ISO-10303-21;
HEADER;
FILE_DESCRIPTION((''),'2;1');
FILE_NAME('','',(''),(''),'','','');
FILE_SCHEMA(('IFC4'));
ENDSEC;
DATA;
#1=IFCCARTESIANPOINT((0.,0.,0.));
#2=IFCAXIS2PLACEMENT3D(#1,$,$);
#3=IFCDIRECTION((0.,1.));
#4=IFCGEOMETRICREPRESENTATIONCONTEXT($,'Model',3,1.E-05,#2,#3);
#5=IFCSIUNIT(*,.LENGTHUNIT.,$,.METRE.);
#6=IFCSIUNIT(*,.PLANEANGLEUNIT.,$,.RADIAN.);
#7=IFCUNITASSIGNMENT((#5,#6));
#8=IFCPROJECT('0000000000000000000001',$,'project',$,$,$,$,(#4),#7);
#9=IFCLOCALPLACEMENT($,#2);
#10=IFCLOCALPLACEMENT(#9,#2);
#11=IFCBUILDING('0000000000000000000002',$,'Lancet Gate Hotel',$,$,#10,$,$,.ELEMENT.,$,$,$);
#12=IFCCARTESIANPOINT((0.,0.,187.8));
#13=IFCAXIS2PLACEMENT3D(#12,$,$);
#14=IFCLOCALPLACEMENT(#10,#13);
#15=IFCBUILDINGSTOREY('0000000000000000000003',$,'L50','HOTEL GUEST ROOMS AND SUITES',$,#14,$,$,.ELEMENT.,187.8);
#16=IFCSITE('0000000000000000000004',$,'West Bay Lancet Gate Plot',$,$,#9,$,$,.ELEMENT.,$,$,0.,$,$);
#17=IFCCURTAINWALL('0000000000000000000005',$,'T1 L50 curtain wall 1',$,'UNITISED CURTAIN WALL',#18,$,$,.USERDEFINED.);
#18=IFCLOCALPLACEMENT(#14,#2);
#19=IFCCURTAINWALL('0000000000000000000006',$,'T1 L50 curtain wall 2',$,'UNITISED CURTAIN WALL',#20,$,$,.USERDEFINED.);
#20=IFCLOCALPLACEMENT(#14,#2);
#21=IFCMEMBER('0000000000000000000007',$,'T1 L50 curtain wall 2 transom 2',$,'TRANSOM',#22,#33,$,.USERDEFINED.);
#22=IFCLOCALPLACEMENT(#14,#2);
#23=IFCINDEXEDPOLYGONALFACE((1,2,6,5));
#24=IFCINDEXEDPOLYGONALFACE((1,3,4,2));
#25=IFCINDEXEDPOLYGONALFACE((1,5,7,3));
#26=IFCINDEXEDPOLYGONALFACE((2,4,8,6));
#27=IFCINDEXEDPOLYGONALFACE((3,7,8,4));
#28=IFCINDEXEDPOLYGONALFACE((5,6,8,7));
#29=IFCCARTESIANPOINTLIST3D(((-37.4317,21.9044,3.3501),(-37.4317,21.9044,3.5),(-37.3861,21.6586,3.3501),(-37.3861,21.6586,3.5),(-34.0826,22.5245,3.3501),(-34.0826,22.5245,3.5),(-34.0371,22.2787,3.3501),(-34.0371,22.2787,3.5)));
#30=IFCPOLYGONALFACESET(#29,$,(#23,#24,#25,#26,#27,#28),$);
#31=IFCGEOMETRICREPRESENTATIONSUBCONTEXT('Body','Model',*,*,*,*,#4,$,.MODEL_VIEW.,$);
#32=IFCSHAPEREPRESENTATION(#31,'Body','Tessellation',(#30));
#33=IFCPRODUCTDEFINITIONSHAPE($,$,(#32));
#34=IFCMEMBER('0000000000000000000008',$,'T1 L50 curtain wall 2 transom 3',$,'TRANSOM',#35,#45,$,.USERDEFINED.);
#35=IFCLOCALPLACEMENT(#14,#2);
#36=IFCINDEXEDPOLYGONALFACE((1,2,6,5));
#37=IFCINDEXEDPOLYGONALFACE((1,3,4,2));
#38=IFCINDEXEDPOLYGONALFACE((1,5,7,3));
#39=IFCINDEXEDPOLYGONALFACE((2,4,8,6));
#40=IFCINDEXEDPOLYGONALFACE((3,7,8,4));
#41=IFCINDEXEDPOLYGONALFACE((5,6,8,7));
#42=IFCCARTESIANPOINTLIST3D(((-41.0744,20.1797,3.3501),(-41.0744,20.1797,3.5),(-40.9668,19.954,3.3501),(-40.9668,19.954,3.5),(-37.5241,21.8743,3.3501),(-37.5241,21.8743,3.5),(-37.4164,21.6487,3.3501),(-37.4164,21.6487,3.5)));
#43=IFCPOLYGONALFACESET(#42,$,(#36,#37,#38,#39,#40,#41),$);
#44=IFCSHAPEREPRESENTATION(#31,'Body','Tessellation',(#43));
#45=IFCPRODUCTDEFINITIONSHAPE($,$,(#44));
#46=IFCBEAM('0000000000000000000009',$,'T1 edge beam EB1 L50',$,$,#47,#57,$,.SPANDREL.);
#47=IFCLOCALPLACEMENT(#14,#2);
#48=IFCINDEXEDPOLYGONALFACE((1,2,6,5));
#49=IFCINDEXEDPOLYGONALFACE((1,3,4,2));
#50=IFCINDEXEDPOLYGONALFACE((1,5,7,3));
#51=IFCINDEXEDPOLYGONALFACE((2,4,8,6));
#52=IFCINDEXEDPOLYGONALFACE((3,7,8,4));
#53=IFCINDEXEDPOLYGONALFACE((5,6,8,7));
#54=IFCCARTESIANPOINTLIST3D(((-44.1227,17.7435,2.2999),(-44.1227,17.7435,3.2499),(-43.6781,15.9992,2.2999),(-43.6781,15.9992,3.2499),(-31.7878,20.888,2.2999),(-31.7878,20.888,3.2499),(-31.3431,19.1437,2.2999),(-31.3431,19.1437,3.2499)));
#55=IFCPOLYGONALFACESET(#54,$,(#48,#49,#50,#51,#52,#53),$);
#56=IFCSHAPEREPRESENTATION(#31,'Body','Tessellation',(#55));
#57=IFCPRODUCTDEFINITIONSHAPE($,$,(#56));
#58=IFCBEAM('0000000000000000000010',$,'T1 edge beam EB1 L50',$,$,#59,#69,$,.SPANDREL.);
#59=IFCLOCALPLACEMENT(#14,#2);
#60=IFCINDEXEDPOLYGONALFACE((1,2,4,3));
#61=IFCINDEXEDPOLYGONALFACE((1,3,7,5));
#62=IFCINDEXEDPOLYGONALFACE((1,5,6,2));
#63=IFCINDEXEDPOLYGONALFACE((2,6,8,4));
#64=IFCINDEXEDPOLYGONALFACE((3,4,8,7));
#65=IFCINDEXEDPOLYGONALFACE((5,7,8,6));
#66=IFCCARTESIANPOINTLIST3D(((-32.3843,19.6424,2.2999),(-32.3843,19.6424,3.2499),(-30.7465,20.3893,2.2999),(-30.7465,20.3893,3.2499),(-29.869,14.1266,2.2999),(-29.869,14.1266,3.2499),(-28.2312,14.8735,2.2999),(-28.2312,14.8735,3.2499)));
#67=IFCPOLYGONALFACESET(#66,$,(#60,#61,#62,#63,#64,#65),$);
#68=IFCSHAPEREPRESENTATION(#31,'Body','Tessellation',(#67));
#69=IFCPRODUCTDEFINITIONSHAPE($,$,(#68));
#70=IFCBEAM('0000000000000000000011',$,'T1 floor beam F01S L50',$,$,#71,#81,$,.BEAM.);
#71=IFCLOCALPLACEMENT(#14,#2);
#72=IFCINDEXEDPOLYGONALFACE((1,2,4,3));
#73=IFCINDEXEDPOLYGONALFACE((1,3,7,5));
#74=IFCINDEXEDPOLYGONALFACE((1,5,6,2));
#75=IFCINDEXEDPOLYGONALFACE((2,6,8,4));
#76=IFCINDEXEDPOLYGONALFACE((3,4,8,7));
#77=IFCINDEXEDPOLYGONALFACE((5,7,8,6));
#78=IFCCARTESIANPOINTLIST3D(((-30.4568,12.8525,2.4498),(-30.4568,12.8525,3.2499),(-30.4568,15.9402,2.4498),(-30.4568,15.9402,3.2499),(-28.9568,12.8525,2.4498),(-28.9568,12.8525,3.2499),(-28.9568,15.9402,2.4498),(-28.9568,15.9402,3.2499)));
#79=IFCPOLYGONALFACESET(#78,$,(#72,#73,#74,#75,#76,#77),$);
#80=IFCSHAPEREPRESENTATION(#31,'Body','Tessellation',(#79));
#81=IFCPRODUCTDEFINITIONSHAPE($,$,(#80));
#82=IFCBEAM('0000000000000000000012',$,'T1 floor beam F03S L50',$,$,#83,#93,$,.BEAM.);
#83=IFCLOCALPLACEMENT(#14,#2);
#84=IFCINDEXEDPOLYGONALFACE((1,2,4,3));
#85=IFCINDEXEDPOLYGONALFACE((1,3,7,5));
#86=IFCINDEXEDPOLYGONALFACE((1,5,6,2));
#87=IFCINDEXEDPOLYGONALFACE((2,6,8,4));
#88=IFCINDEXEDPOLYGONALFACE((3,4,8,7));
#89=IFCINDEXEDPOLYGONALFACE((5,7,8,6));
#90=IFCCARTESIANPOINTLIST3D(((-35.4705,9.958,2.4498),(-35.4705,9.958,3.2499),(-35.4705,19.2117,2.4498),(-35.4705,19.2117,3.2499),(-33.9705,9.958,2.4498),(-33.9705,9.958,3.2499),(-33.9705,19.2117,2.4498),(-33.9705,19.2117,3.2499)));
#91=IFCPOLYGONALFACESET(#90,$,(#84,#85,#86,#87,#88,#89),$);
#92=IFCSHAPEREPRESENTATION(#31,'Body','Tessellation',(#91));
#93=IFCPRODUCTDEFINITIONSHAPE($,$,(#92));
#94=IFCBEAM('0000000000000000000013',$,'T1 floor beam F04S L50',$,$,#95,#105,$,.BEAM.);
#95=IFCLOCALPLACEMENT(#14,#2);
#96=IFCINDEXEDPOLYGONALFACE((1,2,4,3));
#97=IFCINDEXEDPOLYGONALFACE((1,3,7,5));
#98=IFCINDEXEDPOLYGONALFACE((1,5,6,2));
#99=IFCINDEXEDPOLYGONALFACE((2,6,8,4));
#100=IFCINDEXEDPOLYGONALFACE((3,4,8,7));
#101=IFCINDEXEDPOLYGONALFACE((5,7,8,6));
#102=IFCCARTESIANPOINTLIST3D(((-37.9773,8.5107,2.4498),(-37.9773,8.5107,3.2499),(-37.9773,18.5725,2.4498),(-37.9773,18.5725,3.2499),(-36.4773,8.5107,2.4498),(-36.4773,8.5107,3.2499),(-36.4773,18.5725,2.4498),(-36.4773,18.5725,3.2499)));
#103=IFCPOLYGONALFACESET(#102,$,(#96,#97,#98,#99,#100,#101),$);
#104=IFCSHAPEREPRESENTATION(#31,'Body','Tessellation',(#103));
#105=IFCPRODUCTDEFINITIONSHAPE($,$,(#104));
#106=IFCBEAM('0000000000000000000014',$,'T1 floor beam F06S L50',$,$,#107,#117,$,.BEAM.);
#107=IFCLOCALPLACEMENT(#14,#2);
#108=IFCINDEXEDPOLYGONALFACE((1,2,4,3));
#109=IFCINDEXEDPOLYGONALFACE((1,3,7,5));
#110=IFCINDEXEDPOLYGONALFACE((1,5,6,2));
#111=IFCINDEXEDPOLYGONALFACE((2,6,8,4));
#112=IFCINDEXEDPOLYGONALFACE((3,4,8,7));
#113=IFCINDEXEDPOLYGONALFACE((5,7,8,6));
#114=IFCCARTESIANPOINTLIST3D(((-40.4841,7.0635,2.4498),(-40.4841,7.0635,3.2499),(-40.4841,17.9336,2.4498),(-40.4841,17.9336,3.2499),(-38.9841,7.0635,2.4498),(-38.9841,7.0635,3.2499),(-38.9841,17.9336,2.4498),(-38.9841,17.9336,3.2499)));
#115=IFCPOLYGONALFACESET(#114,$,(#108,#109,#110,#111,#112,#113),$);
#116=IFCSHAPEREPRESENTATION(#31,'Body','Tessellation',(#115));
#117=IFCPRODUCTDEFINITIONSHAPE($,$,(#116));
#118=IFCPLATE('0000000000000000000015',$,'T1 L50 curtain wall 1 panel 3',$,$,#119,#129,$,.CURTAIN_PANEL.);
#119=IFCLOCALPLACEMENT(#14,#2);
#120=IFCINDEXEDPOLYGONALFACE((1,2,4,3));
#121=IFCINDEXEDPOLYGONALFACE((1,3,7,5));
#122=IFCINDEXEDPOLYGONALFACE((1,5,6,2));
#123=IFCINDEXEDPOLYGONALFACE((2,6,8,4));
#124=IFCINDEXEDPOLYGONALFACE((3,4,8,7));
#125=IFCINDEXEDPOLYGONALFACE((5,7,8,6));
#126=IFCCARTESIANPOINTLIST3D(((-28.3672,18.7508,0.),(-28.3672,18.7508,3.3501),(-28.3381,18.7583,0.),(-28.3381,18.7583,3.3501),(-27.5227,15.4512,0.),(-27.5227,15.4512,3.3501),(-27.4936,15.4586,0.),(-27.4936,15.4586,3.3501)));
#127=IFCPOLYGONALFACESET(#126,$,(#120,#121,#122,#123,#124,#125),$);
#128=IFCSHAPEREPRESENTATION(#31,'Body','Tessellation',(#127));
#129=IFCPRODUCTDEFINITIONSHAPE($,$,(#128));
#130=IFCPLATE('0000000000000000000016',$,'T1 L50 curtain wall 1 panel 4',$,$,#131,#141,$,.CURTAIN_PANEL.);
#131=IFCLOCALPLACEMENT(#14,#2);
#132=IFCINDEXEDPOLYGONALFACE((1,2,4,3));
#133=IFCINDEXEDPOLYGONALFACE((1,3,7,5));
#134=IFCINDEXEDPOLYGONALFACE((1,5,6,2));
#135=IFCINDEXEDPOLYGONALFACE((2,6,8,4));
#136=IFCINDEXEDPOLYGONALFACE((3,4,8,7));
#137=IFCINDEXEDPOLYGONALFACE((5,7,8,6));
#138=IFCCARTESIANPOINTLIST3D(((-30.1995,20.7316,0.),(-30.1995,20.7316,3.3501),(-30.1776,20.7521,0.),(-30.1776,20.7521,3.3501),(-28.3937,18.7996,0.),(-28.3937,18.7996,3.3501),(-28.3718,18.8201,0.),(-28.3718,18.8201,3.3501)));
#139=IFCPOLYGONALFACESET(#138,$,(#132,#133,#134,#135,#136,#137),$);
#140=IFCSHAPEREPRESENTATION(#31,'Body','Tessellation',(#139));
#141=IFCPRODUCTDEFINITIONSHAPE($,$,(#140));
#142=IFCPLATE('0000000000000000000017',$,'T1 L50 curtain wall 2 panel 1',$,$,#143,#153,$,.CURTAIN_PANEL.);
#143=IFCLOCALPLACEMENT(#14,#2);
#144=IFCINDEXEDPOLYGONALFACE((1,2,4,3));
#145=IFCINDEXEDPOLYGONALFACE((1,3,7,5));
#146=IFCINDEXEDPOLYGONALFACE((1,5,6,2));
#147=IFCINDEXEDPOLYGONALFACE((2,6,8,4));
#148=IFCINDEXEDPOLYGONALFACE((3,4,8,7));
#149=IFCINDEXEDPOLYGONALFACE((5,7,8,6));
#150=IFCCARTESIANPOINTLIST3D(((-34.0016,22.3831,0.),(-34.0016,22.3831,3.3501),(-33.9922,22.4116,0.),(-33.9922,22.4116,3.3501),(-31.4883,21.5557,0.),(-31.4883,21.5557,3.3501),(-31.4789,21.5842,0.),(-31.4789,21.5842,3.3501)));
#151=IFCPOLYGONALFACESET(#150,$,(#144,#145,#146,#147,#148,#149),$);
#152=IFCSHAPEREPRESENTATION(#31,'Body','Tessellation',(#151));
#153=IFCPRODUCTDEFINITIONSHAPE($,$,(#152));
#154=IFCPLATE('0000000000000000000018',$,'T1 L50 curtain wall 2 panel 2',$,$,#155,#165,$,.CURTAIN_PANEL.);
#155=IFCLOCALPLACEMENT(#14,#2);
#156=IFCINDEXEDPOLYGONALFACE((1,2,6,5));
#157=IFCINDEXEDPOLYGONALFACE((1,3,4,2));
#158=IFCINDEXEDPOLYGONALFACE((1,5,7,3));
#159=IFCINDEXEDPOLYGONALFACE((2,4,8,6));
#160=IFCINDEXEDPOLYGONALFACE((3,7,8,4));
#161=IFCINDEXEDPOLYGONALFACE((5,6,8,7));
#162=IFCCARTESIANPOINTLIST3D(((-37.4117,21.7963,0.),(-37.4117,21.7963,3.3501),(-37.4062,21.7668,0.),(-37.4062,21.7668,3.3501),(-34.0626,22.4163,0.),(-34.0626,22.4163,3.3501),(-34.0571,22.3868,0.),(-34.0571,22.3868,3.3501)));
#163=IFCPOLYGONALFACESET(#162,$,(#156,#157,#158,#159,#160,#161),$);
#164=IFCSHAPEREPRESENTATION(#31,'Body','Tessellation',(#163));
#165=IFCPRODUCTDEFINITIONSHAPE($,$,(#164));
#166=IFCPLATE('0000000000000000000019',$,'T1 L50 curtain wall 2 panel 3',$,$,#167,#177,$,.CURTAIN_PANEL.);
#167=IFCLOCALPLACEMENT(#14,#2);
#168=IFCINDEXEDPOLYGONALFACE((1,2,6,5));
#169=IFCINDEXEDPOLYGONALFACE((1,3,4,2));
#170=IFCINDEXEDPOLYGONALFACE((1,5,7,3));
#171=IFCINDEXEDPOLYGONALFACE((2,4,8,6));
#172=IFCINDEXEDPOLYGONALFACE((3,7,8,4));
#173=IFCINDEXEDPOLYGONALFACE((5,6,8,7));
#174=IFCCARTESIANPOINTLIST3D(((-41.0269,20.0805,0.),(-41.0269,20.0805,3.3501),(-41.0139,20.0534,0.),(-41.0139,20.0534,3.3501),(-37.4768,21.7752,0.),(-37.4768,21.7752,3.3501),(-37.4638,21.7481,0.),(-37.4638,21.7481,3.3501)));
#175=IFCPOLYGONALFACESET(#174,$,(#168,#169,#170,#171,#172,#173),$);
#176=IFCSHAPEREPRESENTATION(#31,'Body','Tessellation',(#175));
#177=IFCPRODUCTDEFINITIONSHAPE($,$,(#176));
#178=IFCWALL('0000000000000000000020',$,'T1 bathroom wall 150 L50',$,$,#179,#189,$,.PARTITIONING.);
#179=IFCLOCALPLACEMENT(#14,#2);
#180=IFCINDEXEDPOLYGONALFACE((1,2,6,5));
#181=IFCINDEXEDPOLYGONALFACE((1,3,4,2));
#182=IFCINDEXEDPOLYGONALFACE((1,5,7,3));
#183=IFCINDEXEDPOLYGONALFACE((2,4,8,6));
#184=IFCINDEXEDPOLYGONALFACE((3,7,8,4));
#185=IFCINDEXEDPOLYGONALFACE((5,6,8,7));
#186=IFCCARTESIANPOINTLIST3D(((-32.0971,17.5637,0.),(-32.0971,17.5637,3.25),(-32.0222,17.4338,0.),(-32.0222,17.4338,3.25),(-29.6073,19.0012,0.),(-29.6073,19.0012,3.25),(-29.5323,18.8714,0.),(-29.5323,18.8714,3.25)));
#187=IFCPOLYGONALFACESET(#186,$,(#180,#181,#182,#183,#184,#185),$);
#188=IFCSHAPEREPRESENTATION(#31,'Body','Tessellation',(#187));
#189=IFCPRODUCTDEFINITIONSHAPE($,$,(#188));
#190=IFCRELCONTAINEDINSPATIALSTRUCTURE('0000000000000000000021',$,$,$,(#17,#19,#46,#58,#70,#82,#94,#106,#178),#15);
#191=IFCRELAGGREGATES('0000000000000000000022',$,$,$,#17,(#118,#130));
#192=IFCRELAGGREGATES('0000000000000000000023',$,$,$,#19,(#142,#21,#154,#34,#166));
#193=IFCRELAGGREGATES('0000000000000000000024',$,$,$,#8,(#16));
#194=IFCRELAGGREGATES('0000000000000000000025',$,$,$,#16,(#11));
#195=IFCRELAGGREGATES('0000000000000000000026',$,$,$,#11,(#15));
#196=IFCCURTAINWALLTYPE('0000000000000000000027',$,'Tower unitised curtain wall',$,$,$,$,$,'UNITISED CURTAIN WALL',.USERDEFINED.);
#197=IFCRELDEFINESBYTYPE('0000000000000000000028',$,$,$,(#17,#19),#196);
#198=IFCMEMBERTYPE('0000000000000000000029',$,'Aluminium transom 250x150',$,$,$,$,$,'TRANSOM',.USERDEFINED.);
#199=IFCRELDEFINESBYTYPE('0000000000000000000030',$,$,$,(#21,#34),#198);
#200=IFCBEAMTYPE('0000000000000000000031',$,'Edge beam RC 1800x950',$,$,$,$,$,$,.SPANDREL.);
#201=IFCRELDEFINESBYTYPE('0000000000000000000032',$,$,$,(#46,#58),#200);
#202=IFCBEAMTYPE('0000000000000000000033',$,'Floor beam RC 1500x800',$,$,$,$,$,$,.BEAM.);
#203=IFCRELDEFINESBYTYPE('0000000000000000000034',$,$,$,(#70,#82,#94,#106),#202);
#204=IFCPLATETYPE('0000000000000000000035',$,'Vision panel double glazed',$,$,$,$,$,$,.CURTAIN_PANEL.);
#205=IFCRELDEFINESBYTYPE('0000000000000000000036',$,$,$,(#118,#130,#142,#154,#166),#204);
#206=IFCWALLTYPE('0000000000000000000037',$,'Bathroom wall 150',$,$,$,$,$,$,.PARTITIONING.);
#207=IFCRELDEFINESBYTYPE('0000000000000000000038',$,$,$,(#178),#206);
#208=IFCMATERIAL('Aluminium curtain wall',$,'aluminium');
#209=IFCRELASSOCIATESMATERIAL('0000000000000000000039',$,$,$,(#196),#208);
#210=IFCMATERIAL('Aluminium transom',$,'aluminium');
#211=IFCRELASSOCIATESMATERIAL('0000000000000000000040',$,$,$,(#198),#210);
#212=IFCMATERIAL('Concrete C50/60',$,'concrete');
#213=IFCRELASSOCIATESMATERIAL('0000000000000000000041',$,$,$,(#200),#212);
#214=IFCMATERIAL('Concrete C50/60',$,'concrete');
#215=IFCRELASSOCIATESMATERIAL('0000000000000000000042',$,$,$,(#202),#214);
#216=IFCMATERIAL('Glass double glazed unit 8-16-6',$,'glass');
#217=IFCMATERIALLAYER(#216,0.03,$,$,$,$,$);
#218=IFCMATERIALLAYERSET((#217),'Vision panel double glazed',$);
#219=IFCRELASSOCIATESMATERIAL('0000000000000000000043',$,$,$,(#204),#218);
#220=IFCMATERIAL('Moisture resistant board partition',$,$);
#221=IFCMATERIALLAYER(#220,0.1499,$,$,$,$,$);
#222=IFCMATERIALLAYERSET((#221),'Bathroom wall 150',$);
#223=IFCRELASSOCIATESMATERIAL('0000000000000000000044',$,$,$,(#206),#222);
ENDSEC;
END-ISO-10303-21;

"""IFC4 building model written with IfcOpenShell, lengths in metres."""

from ifc_helpers import new_model, si_unit, direction, frame, frame_2d, origin, origin_2d, place, context, subcontext, project, spatial, rectangle, extrude, material, layer, layer_set, material_profile, profile_set, type_object, element, aggregate, save


model = new_model("IFC4")

# Units and contexts
model_context = context("Model", 3, precision=1e-05, world=origin(), true_north=direction((0.0, 1.0)))
body_context = subcontext(model_context, "Body", "Model", "MODEL_VIEW")
ifc_project = project(units=[si_unit("LENGTHUNIT", "METRE"), si_unit("PLANEANGLEUNIT", "RADIAN")], contexts=[model_context])

# Site, building, storey
site_placement = place(None, origin())
site = spatial("IfcSite", under=ifc_project, at=site_placement, Name="West Bay Lancet Gate Plot", CompositionType="ELEMENT", RefElevation=0.0)
building_placement = place(site_placement, origin())
building = spatial("IfcBuilding", under=site, at=building_placement, Name="Lancet Gate Hotel", CompositionType="ELEMENT")
storey_placement = place(building_placement, frame((0.0, 0.0, 187.8)))
storey = spatial("IfcBuildingStorey", under=building, at=storey_placement, Name="L50", Description="HOTEL GUEST ROOMS AND SUITES", CompositionType="ELEMENT", Elevation=187.8)

# Curtain walls
ifc_material_1 = material(Name="Aluminium curtain wall", Category="aluminium")
curtain_wall_type = type_object("IfcCurtainWallType", Name="Tower unitised curtain wall", ElementType="UNITISED CURTAIN WALL", PredefinedType="USERDEFINED", material=ifc_material_1)
curtain_wall_1_placement = place(storey_placement, origin())
curtain_wall_1 = element("IfcCurtainWall", 1, at=curtain_wall_1_placement, inside=storey, type_object=curtain_wall_type, Name="T1 L50 curtain wall 1", ObjectType="UNITISED CURTAIN WALL", PredefinedType="USERDEFINED")
curtain_wall_2_placement = place(storey_placement, origin())
curtain_wall_2 = element("IfcCurtainWall", 2, at=curtain_wall_2_placement, inside=storey, type_object=curtain_wall_type, Name="T1 L50 curtain wall 2", ObjectType="UNITISED CURTAIN WALL", PredefinedType="USERDEFINED")

# Members
ifc_material_2 = material(Name="Aluminium transom", Category="aluminium")
ifc_material_profile_1 = material_profile(ifc_material_2, rectangle(XDim=0.25, YDim=0.1499, at=origin_2d()), Name="TRANSOM 250x150")
ifc_profile_set_1 = profile_set([ifc_material_profile_1], Name="Aluminium transom")
member_type_1 = type_object("IfcMemberType", Name="Aluminium transom 250x150", ElementType="TRANSOM", PredefinedType="USERDEFINED", material=ifc_profile_set_1)
member_1_placement = place(storey_placement, frame((-34.0598, 22.4016, 3.425), z_axis=(-0.983287, -0.182064, 0.0), x_axis=(0.182064, -0.983287, 0.0)))
member_1 = element("IfcMember", 3, at=member_1_placement, type_object=member_type_1, Name="T1 L50 curtain wall 2 transom 2", ObjectType="TRANSOM", PredefinedType="USERDEFINED", context=body_context, shape_type="SweptSolid", body=[
    extrude(rectangle(XDim=0.25, YDim=0.1499, at=origin_2d()), origin(), (0.0, 0.0, 1.0), 3.406),
])
member_2_placement = place(storey_placement, frame((-37.4702, 21.7615, 3.425), z_axis=(-0.902469, -0.430755, 0.0), x_axis=(0.430755, -0.902469, 0.0)))
member_2 = element("IfcMember", 4, at=member_2_placement, type_object=member_type_1, Name="T1 L50 curtain wall 2 transom 3", ObjectType="TRANSOM", PredefinedType="USERDEFINED", context=body_context, shape_type="SweptSolid", body=[
    extrude(rectangle(XDim=0.25, YDim=0.1499, at=origin_2d()), origin(), (0.0, 0.0, 1.0), 3.9341),
])

# Beams
ifc_material_3 = material(Name="Concrete C50/60", Category="concrete")
ifc_material_profile_2 = material_profile(ifc_material_3, rectangle(XDim=1.8, YDim=0.95, at=origin_2d()), Name="RC 1800x950")
ifc_profile_set_2 = profile_set([ifc_material_profile_2], Name="Concrete C50/60")
beam_type_1 = type_object("IfcBeamType", Name="Edge beam RC 1800x950", PredefinedType="SPANDREL", material=ifc_profile_set_2)
beam_1_placement = place(storey_placement, frame((-31.5654, 20.0159, 2.7749), z_axis=(-0.969008, -0.247028, 0.0), x_axis=(0.247028, -0.969008, 0.0)))
element("IfcBeam", 5, at=beam_1_placement, inside=storey, type_object=beam_type_1, Name="T1 edge beam EB1 L50", PredefinedType="SPANDREL", context=body_context, shape_type="SweptSolid", body=[
    extrude(rectangle(XDim=1.8, YDim=0.95, at=origin_2d()), origin(), (0.0, 0.0, 1.0), 12.7295),
])
beam_2_placement = place(storey_placement, frame((-31.5654, 20.0159, 2.7749), z_axis=(0.414919, -0.909858, 0.0), x_axis=(0.909858, 0.414919, 0.0)))
element("IfcBeam", 6, at=beam_2_placement, inside=storey, type_object=beam_type_1, Name="T1 edge beam EB1 L50", PredefinedType="SPANDREL", context=body_context, shape_type="SweptSolid", body=[
    extrude(rectangle(XDim=1.8, YDim=0.95, at=origin_2d()), origin(), (0.0, 0.0, 1.0), 6.0623),
])
ifc_material_4 = material(Name="Concrete C50/60", Category="concrete")
ifc_material_profile_3 = material_profile(ifc_material_4, rectangle(XDim=1.5, YDim=0.8, at=origin_2d()), Name="RC 1500x800")
ifc_profile_set_3 = profile_set([ifc_material_profile_3], Name="Concrete C50/60")
beam_type_2 = type_object("IfcBeamType", Name="Floor beam RC 1500x800", PredefinedType="BEAM", material=ifc_profile_set_3)
beam_3_placement = place(storey_placement, frame((-29.7068, 15.9402, 2.8499), z_axis=(0.0, -1.0, 0.0), x_axis=(1.0, 0.0, 0.0)))
element("IfcBeam", 7, at=beam_3_placement, inside=storey, type_object=beam_type_2, Name="T1 floor beam F01S L50", PredefinedType="BEAM", context=body_context, shape_type="SweptSolid", body=[
    extrude(rectangle(XDim=1.5, YDim=0.8, at=origin_2d()), origin(), (0.0, 0.0, 1.0), 3.0876),
])
beam_4_placement = place(storey_placement, frame((-34.7205, 19.2117, 2.8499), z_axis=(0.0, -1.0, 0.0), x_axis=(1.0, 0.0, 0.0)))
element("IfcBeam", 8, at=beam_4_placement, inside=storey, type_object=beam_type_2, Name="T1 floor beam F03S L50", PredefinedType="BEAM", context=body_context, shape_type="SweptSolid", body=[
    extrude(rectangle(XDim=1.5, YDim=0.8, at=origin_2d()), origin(), (0.0, 0.0, 1.0), 9.2537),
])
beam_5_placement = place(storey_placement, frame((-37.2273, 18.5725, 2.8499), z_axis=(0.0, -1.0, 0.0), x_axis=(1.0, 0.0, 0.0)))
element("IfcBeam", 9, at=beam_5_placement, inside=storey, type_object=beam_type_2, Name="T1 floor beam F04S L50", PredefinedType="BEAM", context=body_context, shape_type="SweptSolid", body=[
    extrude(rectangle(XDim=1.5, YDim=0.8, at=origin_2d()), origin(), (0.0, 0.0, 1.0), 10.0618),
])
beam_6_placement = place(storey_placement, frame((-39.7341, 17.9336, 2.8499), z_axis=(0.0, -1.0, 0.0), x_axis=(1.0, 0.0, 0.0)))
element("IfcBeam", 10, at=beam_6_placement, inside=storey, type_object=beam_type_2, Name="T1 floor beam F06S L50", PredefinedType="BEAM", context=body_context, shape_type="SweptSolid", body=[
    extrude(rectangle(XDim=1.5, YDim=0.8, at=origin_2d()), origin(), (0.0, 0.0, 1.0), 10.8701),
])

# Plates
ifc_material_5 = material(Name="Glass double glazed unit 8-16-6", Category="glass")
ifc_layer_1 = layer(ifc_material_5, 0.03)
ifc_layer_set_1 = layer_set([ifc_layer_1], Name="Vision panel double glazed")
plate_type = type_object("IfcPlateType", Name="Vision panel double glazed", PredefinedType="CURTAIN_PANEL", material=ifc_layer_set_1)
plate_1_placement = place(storey_placement, frame((-27.9304, 17.1047, 0.0), z_axis=(0.0, 0.0, 1.0), x_axis=(-0.247937, 0.968776, 0.0)))
plate_1 = element("IfcPlate", 11, at=plate_1_placement, type_object=plate_type, Name="T1 L50 curtain wall 1 panel 3", PredefinedType="CURTAIN_PANEL", context=body_context, shape_type="SweptSolid", body=[
    extrude(rectangle(XDim=3.406, YDim=0.03, at=origin_2d()), origin(), (0.0, 0.0, 1.0), 3.3501),
])
plate_2_placement = place(storey_placement, frame((-29.2856, 19.7759, 0.0), z_axis=(0.0, 0.0, 1.0), x_axis=(-0.682845, 0.730563, 0.0)))
plate_2 = element("IfcPlate", 12, at=plate_2_placement, type_object=plate_type, Name="T1 L50 curtain wall 1 panel 4", PredefinedType="CURTAIN_PANEL", context=body_context, shape_type="SweptSolid", body=[
    extrude(rectangle(XDim=2.6445, YDim=0.03, at=origin_2d()), origin(), (0.0, 0.0, 1.0), 3.3501),
])
aggregate(curtain_wall_1, [plate_1, plate_2])
plate_3_placement = place(storey_placement, frame((-32.7402, 21.9836, 0.0), z_axis=(0.0, 0.0, 1.0), x_axis=(-0.949848, 0.312712, 0.0)))
plate_3 = element("IfcPlate", 13, at=plate_3_placement, type_object=plate_type, Name="T1 L50 curtain wall 2 panel 1", PredefinedType="CURTAIN_PANEL", context=body_context, shape_type="SweptSolid", body=[
    extrude(rectangle(XDim=2.646, YDim=0.03, at=origin_2d()), origin(), (0.0, 0.0, 1.0), 3.3501),
])
plate_4_placement = place(storey_placement, frame((-35.7344, 22.0916, 0.0), z_axis=(0.0, 0.0, 1.0), x_axis=(-0.983292, -0.182033, 0.0)))
plate_4 = element("IfcPlate", 14, at=plate_4_placement, type_object=plate_type, Name="T1 L50 curtain wall 2 panel 2", PredefinedType="CURTAIN_PANEL", context=body_context, shape_type="SweptSolid", body=[
    extrude(rectangle(XDim=3.406, YDim=0.03, at=origin_2d()), origin(), (0.0, 0.0, 1.0), 3.3501),
])
plate_5_placement = place(storey_placement, frame((-39.2454, 20.9143, 0.0), z_axis=(0.0, 0.0, 1.0), x_axis=(-0.902454, -0.430787, 0.0)))
plate_5 = element("IfcPlate", 15, at=plate_5_placement, type_object=plate_type, Name="T1 L50 curtain wall 2 panel 3", PredefinedType="CURTAIN_PANEL", context=body_context, shape_type="SweptSolid", body=[
    extrude(rectangle(XDim=3.9338, YDim=0.03, at=origin_2d()), origin(), (0.0, 0.0, 1.0), 3.3501),
])
aggregate(curtain_wall_2, [plate_3, member_1, plate_4, member_2, plate_5])

# Wall
ifc_material_6 = material(Name="Moisture resistant board partition")
ifc_layer_2 = layer(ifc_material_6, 0.1499)
ifc_layer_set_2 = layer_set([ifc_layer_2], Name="Bathroom wall 150")
wall_type_1 = type_object("IfcWallType", Name="Bathroom wall 150", PredefinedType="PARTITIONING", material=ifc_layer_set_2)
wall_1_placement = place(storey_placement, frame((-29.5698, 18.9363, 0.0), z_axis=(0.0, 0.0, 1.0), x_axis=(-0.866019, -0.500012, 0.0)))
element("IfcWall", 16, at=wall_1_placement, inside=storey, type_object=wall_type_1, Name="T1 bathroom wall 150 L50", PredefinedType="PARTITIONING", context=body_context, shape_type="SweptSolid", body=[
    extrude(rectangle(XDim=2.875, YDim=0.1499, at=frame_2d((1.4375, 0.0))), origin(), (0.0, 0.0, 1.0), 3.25),
])

save(model, "model.ifc")
